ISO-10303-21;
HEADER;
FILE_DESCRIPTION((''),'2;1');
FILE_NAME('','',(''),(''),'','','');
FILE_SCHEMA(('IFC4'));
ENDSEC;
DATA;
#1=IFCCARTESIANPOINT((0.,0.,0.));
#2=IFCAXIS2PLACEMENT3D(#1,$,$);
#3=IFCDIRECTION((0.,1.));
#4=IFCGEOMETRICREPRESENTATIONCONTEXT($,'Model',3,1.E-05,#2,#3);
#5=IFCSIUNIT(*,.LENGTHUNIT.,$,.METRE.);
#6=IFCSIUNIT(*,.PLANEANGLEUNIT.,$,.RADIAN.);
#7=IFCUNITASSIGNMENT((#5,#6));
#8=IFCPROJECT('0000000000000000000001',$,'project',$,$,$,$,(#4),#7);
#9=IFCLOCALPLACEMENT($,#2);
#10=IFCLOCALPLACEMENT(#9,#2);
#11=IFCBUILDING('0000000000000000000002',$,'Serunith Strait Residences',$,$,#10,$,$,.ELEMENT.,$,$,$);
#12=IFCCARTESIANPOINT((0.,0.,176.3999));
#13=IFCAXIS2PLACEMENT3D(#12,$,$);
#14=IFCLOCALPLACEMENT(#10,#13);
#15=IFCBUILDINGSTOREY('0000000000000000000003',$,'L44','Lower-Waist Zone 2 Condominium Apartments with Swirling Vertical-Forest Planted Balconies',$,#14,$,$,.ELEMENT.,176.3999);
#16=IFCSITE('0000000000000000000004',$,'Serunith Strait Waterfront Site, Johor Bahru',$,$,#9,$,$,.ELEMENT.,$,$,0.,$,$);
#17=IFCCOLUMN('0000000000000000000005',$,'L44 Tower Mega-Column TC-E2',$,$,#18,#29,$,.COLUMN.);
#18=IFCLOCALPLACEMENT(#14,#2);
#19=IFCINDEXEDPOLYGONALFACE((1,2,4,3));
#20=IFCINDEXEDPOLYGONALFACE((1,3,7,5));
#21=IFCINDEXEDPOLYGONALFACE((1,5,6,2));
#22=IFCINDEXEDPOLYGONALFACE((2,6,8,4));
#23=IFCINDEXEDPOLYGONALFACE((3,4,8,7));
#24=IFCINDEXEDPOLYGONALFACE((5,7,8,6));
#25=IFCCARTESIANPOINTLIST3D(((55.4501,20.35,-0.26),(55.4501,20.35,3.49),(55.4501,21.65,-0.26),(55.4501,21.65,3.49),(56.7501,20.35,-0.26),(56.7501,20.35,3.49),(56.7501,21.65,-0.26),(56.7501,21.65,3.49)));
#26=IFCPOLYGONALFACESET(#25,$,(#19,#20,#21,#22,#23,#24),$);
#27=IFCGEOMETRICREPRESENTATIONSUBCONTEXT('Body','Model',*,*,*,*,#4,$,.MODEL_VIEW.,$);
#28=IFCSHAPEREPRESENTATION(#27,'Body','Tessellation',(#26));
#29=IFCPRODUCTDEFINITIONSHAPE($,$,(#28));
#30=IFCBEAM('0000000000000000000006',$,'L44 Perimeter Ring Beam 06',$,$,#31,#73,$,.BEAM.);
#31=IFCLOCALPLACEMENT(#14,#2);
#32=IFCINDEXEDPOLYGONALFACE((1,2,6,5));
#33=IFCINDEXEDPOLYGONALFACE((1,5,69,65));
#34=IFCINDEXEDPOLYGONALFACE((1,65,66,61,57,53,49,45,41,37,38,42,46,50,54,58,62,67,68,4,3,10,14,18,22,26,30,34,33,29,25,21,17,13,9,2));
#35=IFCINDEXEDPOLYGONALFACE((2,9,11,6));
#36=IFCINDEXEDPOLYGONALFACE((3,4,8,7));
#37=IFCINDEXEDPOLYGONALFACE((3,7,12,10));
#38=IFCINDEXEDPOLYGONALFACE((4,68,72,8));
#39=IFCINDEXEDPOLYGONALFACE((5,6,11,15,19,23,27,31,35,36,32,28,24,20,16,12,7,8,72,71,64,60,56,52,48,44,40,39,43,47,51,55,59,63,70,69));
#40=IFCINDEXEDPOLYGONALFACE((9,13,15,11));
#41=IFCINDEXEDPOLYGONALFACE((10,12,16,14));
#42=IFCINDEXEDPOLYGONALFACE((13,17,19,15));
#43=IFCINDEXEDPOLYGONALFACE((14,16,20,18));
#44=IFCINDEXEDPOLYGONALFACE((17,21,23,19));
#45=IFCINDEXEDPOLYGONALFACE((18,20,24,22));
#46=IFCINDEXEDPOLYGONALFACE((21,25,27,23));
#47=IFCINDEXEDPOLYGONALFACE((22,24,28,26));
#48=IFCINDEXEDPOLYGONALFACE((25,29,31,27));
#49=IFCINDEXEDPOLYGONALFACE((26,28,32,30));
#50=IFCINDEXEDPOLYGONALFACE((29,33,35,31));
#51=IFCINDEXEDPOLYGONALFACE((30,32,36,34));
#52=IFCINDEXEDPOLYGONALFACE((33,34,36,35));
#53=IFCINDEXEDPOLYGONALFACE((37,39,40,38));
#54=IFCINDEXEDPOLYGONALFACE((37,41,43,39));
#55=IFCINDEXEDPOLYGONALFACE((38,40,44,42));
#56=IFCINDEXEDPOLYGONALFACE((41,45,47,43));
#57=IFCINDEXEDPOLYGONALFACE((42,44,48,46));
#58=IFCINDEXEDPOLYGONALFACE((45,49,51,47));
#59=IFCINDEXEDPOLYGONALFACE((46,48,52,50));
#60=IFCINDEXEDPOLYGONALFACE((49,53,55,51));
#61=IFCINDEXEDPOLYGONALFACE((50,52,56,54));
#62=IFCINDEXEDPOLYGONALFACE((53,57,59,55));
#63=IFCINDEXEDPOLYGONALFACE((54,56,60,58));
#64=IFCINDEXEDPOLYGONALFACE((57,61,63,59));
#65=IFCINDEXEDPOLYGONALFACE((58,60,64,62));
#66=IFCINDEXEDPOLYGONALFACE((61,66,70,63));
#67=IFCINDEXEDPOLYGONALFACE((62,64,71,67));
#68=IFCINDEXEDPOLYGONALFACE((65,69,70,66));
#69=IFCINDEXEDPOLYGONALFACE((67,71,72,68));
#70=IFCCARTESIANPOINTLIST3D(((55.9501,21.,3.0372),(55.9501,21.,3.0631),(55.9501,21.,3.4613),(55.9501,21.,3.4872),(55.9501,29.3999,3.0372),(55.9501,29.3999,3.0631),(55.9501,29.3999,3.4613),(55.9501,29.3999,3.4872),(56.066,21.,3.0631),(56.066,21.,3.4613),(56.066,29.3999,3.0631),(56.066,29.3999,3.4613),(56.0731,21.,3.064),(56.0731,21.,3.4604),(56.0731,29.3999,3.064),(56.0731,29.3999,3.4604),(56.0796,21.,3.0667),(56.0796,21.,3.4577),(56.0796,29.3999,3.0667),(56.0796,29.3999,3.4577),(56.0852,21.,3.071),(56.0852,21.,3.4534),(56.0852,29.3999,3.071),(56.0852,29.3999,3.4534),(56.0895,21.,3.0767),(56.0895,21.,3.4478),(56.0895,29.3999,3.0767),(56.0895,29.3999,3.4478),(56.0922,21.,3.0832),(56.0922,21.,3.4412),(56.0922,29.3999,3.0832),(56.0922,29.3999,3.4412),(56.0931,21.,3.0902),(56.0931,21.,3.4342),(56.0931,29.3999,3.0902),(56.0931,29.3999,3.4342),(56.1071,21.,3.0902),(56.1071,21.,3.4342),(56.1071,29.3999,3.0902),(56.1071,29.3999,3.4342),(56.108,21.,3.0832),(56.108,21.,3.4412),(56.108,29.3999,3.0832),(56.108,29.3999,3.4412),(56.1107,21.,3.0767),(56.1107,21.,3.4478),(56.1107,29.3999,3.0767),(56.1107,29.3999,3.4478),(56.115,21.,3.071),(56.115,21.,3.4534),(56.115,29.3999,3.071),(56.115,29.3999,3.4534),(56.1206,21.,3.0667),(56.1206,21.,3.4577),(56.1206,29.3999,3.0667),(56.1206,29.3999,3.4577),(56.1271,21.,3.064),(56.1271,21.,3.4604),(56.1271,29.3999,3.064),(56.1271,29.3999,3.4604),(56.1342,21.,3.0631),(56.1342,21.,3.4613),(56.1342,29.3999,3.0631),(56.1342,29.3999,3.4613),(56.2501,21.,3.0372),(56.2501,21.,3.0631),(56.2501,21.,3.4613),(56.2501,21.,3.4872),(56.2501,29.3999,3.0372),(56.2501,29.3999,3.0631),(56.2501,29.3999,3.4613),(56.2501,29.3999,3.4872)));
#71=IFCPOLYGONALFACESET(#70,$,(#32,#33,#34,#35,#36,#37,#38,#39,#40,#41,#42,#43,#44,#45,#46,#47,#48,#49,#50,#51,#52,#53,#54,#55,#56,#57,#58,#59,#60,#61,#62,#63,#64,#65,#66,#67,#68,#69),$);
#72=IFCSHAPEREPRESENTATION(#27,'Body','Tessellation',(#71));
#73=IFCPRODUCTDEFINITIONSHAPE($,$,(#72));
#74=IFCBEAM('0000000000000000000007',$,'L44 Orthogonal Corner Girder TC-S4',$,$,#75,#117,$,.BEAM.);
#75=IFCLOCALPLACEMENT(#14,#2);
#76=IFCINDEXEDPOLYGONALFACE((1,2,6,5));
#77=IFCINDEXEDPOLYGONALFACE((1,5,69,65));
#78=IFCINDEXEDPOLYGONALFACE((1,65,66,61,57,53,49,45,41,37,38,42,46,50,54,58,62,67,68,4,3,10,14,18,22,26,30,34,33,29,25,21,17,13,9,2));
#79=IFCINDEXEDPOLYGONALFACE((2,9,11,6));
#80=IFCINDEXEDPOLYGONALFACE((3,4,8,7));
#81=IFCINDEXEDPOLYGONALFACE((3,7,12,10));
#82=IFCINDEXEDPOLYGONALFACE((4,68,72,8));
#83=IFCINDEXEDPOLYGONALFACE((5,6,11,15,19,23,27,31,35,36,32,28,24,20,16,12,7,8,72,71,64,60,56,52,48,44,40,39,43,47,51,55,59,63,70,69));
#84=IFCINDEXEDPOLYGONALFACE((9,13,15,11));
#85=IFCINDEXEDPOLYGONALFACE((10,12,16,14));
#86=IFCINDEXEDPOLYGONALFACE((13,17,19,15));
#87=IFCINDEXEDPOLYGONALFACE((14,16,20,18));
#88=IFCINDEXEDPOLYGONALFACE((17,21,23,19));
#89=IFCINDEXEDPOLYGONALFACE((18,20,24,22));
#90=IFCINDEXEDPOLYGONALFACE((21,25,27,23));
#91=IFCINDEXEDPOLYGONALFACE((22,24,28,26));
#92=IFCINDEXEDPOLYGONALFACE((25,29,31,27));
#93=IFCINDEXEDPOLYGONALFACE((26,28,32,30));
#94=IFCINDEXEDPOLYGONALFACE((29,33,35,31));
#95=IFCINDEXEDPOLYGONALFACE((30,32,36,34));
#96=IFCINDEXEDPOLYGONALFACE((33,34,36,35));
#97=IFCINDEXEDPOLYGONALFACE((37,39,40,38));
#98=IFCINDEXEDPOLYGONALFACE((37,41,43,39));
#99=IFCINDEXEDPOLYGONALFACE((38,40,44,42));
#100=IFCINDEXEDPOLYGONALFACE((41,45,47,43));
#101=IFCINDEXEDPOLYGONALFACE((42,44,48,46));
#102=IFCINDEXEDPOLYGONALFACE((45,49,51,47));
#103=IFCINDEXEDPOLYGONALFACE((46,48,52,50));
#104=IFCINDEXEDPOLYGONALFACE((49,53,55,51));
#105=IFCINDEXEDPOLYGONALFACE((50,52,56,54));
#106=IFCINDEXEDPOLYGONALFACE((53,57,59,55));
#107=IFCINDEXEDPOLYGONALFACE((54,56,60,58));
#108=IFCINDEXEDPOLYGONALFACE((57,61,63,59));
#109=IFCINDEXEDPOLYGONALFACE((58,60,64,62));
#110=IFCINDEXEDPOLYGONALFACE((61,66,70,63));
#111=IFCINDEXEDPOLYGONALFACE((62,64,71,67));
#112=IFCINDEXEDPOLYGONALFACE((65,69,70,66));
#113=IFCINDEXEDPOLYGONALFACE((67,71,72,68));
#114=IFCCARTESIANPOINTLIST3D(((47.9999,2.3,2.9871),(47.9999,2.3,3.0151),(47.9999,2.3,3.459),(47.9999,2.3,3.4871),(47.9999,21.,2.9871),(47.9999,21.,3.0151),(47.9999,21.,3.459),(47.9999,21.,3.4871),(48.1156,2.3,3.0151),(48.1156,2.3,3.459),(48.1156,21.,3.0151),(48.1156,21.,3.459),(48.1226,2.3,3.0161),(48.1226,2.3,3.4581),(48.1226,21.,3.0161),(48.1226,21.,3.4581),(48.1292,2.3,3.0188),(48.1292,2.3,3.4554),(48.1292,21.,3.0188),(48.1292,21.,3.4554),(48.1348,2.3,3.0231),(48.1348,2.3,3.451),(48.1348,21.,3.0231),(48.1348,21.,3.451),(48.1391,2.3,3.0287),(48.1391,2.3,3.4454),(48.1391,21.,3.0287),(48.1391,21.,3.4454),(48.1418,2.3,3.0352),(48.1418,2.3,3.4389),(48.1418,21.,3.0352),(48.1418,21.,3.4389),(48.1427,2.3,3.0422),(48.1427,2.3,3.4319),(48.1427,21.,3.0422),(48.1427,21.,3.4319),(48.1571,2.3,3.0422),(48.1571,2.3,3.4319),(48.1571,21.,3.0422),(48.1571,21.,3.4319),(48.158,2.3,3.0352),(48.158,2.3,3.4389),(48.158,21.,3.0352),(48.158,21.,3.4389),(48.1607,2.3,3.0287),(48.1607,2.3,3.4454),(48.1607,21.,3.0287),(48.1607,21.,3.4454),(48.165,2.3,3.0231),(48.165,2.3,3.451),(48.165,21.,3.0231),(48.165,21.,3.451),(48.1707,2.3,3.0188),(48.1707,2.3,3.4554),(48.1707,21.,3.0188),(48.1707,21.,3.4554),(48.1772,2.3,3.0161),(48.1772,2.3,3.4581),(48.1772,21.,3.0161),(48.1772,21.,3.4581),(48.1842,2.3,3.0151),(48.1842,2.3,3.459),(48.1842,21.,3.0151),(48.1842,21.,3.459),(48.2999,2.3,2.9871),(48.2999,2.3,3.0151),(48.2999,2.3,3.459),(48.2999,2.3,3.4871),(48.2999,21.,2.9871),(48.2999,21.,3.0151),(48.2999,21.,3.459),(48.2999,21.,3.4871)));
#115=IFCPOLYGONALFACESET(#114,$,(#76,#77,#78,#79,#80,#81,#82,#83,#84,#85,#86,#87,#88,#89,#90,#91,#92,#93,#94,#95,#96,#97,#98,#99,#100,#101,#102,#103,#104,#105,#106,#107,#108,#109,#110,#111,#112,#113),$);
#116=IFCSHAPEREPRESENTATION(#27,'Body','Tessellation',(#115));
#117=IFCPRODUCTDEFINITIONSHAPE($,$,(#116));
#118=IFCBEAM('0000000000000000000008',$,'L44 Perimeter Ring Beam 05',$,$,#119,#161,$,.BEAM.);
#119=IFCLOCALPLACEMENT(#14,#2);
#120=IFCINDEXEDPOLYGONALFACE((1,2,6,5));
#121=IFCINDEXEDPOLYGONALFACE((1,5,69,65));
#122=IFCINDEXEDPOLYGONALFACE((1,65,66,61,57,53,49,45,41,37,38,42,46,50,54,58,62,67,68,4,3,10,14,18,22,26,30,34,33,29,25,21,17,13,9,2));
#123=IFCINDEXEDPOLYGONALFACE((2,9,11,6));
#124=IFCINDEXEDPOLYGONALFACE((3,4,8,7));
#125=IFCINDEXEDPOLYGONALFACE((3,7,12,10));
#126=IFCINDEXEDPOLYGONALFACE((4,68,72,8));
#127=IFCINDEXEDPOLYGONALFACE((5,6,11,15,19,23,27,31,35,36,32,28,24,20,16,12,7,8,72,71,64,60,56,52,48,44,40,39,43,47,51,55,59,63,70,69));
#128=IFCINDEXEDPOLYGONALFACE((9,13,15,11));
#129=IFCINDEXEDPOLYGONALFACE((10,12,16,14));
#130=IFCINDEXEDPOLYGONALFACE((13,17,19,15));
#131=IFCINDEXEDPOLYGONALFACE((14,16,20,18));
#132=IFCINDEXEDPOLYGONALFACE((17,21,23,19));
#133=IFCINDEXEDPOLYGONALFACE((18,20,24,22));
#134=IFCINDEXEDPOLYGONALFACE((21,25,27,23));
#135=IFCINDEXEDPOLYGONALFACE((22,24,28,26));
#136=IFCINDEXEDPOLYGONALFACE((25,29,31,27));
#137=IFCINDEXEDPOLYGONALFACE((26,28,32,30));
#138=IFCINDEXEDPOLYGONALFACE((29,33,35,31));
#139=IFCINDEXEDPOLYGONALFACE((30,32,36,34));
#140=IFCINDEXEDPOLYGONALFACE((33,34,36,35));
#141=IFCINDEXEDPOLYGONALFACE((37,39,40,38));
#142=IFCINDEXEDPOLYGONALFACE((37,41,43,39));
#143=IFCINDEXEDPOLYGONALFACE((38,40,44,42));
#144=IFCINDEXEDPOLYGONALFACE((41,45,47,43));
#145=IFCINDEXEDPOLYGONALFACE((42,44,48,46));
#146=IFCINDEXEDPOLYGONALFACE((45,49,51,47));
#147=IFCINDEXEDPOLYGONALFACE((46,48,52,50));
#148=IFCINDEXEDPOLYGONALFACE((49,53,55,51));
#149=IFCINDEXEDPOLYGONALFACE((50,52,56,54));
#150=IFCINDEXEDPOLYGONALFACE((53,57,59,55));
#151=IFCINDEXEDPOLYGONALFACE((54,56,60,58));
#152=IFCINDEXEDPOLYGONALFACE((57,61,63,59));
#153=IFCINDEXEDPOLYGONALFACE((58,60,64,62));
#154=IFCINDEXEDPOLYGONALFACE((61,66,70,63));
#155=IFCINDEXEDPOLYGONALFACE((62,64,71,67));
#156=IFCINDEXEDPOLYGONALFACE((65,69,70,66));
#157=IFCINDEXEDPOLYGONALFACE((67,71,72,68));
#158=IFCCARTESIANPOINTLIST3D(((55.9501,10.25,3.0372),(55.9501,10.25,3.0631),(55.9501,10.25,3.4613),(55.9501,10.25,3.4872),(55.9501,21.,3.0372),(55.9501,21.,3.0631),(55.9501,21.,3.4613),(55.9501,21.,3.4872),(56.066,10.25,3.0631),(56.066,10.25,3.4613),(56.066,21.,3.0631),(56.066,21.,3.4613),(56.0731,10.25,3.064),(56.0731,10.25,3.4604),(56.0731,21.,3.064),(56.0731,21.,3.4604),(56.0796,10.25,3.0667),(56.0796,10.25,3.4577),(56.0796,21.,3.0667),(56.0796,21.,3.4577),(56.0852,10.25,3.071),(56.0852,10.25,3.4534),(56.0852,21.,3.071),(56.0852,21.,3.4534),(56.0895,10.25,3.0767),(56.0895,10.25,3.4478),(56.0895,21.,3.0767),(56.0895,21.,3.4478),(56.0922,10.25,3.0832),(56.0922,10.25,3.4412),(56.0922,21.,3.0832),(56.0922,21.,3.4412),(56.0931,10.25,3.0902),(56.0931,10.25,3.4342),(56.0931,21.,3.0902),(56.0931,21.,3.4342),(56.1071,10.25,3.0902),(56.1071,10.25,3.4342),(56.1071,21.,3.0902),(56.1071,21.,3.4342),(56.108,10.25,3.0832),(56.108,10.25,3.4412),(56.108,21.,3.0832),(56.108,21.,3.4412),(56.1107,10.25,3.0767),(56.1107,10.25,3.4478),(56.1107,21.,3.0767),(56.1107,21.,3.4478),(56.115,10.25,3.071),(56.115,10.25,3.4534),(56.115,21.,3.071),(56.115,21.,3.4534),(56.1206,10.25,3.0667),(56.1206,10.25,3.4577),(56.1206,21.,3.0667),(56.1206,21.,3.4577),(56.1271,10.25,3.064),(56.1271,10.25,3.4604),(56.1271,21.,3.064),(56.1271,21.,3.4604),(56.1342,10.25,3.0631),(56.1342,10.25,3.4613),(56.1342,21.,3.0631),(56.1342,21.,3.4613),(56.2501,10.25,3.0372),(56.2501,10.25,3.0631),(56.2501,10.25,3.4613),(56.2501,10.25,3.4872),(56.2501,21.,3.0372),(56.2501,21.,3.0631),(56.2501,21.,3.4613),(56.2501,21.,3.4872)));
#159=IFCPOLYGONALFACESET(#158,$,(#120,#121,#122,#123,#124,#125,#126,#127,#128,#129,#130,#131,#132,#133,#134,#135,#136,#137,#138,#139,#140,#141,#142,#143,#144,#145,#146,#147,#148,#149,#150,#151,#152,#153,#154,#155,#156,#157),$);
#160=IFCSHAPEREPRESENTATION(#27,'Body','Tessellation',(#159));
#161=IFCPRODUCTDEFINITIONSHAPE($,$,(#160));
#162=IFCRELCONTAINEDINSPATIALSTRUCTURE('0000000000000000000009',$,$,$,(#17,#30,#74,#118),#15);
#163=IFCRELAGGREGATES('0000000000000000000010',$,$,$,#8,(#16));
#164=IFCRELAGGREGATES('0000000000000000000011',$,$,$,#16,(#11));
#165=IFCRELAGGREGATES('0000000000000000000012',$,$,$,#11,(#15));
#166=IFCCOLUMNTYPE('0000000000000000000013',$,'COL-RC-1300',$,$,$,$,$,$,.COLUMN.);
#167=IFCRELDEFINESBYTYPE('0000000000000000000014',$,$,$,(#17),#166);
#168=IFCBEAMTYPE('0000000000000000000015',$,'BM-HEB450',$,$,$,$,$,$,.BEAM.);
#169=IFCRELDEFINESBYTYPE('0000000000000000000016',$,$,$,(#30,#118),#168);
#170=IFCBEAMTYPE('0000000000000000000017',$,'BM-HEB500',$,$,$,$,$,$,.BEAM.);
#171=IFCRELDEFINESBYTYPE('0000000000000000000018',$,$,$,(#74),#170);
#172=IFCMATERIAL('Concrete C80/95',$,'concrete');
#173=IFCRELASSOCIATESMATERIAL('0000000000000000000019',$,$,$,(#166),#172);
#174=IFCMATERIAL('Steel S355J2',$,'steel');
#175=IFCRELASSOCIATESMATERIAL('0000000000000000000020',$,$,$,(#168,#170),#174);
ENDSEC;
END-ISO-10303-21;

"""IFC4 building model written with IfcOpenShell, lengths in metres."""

from ifc_helpers import new_model, si_unit, direction, frame, origin, origin_2d, place, context, subcontext, project, spatial, rectangle, i_section, extrude, source, transform, mapped, material, material_profile, profile_set, type_object, element, save


model = new_model("IFC4")

# Units and contexts
model_context = context("Model", 3, precision=1e-05, world=origin(), true_north=direction((0.0, 1.0)))
body_context = subcontext(model_context, "Body", "Model", "MODEL_VIEW")
ifc_project = project(units=[si_unit("LENGTHUNIT", "METRE"), si_unit("PLANEANGLEUNIT", "RADIAN")], contexts=[model_context])

# Site, building, storey
site_placement = place(None, origin())
site = spatial("IfcSite", under=ifc_project, at=site_placement, Name="Serunith Strait Waterfront Site, Johor Bahru", CompositionType="ELEMENT", RefElevation=0.0)
building_placement = place(site_placement, origin())
building = spatial("IfcBuilding", under=site, at=building_placement, Name="Serunith Strait Residences", CompositionType="ELEMENT")
storey_placement = place(building_placement, frame((0.0, 0.0, 176.3999)))
storey = spatial("IfcBuildingStorey", under=building, at=storey_placement, Name="L44", Description="Lower-Waist Zone 2 Condominium Apartments with Swirling Vertical-Forest Planted Balconies", CompositionType="ELEMENT", Elevation=176.3999)

# Column
ifc_material_1 = material(Name="Concrete C80/95", Category="concrete")
ifc_material_profile_1 = material_profile(ifc_material_1, rectangle(XDim=1.3, YDim=1.3, at=origin_2d()), Name="RC 1300x1300")
ifc_profile_set_1 = profile_set([ifc_material_profile_1], Name="Concrete C80/95")
column_type = type_object("IfcColumnType", Name="COL-RC-1300", PredefinedType="COLUMN", material=ifc_profile_set_1)
shared_shape_1 = source(origin(), body_context, "Body", "SweptSolid", [
    extrude(rectangle(XDim=1.3, YDim=1.3, at=origin_2d()), origin(), (0.0, 0.0, 1.0), 3.75),
])
column_placement = place(storey_placement, frame((56.1001, 21.0, -0.26), z_axis=(0.0, 0.0, 1.0), x_axis=(1.0, 0.0, 0.0)))
element("IfcColumn", 1, at=column_placement, inside=storey, type_object=column_type, Name="L44 Tower Mega-Column TC-E2", PredefinedType="COLUMN", context=body_context, shape_type="MappedRepresentation", body=[
    mapped(shared_shape_1, transform((0.0, 0.0, 0.0), scale=1.0)),
])

# Beams
ifc_material_2 = material(Name="Steel S355J2", Category="steel")
ifc_material_profile_2 = material_profile(ifc_material_2, i_section(OverallWidth=0.3, OverallDepth=0.45, WebThickness=0.0139, FlangeThickness=0.0259, FilletRadius=0.0271, at=origin_2d()), Name="HEB 450")
ifc_profile_set_2 = profile_set([ifc_material_profile_2], Name="Steel S355J2")
beam_type_1 = type_object("IfcBeamType", Name="BM-HEB450", PredefinedType="BEAM", material=ifc_profile_set_2)
shared_shape_2 = source(origin(), body_context, "Body", "SweptSolid", [
    extrude(i_section(OverallWidth=0.3, OverallDepth=0.45, WebThickness=0.0139, FlangeThickness=0.0259, FilletRadius=0.0271, at=origin_2d()), origin(), (0.0, 0.0, 1.0), 8.3999),
])
beam_1_placement = place(storey_placement, frame((56.1001, 21.0, 3.2622), z_axis=(0.0, 1.0, 0.0), x_axis=(-1.0, 0.0, 0.0)))
element("IfcBeam", 2, at=beam_1_placement, inside=storey, type_object=beam_type_1, Name="L44 Perimeter Ring Beam 06", PredefinedType="BEAM", context=body_context, shape_type="MappedRepresentation", body=[
    mapped(shared_shape_2, transform((0.0, 0.0, 0.0), scale=1.0)),
])
ifc_material_profile_3 = material_profile(ifc_material_2, i_section(OverallWidth=0.3, OverallDepth=0.5, WebThickness=0.0144, FlangeThickness=0.0281, FilletRadius=0.0271, at=origin_2d()), Name="HEB 500")
ifc_profile_set_3 = profile_set([ifc_material_profile_3], Name="Steel S355J2")
beam_type_2 = type_object("IfcBeamType", Name="BM-HEB500", PredefinedType="BEAM", material=ifc_profile_set_3)
shared_shape_3 = source(origin(), body_context, "Body", "SweptSolid", [
    extrude(i_section(OverallWidth=0.3, OverallDepth=0.5, WebThickness=0.0144, FlangeThickness=0.0281, FilletRadius=0.0271, at=origin_2d()), origin(), (0.0, 0.0, 1.0), 18.7),
])
beam_2_placement = place(storey_placement, frame((48.1499, 21.0, 3.2371), z_axis=(0.0, -1.0, 0.0), x_axis=(1.0, 0.0, 0.0)))
element("IfcBeam", 3, at=beam_2_placement, inside=storey, type_object=beam_type_2, Name="L44 Orthogonal Corner Girder TC-S4", PredefinedType="BEAM", context=body_context, shape_type="MappedRepresentation", body=[
    mapped(shared_shape_3, transform((0.0, 0.0, 0.0), scale=1.0)),
])
shared_shape_4 = source(origin(), body_context, "Body", "SweptSolid", [
    extrude(i_section(OverallWidth=0.3, OverallDepth=0.45, WebThickness=0.0139, FlangeThickness=0.0259, FilletRadius=0.0271, at=origin_2d()), origin(), (0.0, 0.0, 1.0), 10.75),
])
beam_3_placement = place(storey_placement, frame((56.1001, 10.25, 3.2622), z_axis=(0.0, 1.0, 0.0), x_axis=(-1.0, 0.0, 0.0)))
element("IfcBeam", 4, at=beam_3_placement, inside=storey, type_object=beam_type_1, Name="L44 Perimeter Ring Beam 05", PredefinedType="BEAM", context=body_context, shape_type="MappedRepresentation", body=[
    mapped(shared_shape_4, transform((0.0, 0.0, 0.0), scale=1.0)),
])

save(model, "model.ifc")
